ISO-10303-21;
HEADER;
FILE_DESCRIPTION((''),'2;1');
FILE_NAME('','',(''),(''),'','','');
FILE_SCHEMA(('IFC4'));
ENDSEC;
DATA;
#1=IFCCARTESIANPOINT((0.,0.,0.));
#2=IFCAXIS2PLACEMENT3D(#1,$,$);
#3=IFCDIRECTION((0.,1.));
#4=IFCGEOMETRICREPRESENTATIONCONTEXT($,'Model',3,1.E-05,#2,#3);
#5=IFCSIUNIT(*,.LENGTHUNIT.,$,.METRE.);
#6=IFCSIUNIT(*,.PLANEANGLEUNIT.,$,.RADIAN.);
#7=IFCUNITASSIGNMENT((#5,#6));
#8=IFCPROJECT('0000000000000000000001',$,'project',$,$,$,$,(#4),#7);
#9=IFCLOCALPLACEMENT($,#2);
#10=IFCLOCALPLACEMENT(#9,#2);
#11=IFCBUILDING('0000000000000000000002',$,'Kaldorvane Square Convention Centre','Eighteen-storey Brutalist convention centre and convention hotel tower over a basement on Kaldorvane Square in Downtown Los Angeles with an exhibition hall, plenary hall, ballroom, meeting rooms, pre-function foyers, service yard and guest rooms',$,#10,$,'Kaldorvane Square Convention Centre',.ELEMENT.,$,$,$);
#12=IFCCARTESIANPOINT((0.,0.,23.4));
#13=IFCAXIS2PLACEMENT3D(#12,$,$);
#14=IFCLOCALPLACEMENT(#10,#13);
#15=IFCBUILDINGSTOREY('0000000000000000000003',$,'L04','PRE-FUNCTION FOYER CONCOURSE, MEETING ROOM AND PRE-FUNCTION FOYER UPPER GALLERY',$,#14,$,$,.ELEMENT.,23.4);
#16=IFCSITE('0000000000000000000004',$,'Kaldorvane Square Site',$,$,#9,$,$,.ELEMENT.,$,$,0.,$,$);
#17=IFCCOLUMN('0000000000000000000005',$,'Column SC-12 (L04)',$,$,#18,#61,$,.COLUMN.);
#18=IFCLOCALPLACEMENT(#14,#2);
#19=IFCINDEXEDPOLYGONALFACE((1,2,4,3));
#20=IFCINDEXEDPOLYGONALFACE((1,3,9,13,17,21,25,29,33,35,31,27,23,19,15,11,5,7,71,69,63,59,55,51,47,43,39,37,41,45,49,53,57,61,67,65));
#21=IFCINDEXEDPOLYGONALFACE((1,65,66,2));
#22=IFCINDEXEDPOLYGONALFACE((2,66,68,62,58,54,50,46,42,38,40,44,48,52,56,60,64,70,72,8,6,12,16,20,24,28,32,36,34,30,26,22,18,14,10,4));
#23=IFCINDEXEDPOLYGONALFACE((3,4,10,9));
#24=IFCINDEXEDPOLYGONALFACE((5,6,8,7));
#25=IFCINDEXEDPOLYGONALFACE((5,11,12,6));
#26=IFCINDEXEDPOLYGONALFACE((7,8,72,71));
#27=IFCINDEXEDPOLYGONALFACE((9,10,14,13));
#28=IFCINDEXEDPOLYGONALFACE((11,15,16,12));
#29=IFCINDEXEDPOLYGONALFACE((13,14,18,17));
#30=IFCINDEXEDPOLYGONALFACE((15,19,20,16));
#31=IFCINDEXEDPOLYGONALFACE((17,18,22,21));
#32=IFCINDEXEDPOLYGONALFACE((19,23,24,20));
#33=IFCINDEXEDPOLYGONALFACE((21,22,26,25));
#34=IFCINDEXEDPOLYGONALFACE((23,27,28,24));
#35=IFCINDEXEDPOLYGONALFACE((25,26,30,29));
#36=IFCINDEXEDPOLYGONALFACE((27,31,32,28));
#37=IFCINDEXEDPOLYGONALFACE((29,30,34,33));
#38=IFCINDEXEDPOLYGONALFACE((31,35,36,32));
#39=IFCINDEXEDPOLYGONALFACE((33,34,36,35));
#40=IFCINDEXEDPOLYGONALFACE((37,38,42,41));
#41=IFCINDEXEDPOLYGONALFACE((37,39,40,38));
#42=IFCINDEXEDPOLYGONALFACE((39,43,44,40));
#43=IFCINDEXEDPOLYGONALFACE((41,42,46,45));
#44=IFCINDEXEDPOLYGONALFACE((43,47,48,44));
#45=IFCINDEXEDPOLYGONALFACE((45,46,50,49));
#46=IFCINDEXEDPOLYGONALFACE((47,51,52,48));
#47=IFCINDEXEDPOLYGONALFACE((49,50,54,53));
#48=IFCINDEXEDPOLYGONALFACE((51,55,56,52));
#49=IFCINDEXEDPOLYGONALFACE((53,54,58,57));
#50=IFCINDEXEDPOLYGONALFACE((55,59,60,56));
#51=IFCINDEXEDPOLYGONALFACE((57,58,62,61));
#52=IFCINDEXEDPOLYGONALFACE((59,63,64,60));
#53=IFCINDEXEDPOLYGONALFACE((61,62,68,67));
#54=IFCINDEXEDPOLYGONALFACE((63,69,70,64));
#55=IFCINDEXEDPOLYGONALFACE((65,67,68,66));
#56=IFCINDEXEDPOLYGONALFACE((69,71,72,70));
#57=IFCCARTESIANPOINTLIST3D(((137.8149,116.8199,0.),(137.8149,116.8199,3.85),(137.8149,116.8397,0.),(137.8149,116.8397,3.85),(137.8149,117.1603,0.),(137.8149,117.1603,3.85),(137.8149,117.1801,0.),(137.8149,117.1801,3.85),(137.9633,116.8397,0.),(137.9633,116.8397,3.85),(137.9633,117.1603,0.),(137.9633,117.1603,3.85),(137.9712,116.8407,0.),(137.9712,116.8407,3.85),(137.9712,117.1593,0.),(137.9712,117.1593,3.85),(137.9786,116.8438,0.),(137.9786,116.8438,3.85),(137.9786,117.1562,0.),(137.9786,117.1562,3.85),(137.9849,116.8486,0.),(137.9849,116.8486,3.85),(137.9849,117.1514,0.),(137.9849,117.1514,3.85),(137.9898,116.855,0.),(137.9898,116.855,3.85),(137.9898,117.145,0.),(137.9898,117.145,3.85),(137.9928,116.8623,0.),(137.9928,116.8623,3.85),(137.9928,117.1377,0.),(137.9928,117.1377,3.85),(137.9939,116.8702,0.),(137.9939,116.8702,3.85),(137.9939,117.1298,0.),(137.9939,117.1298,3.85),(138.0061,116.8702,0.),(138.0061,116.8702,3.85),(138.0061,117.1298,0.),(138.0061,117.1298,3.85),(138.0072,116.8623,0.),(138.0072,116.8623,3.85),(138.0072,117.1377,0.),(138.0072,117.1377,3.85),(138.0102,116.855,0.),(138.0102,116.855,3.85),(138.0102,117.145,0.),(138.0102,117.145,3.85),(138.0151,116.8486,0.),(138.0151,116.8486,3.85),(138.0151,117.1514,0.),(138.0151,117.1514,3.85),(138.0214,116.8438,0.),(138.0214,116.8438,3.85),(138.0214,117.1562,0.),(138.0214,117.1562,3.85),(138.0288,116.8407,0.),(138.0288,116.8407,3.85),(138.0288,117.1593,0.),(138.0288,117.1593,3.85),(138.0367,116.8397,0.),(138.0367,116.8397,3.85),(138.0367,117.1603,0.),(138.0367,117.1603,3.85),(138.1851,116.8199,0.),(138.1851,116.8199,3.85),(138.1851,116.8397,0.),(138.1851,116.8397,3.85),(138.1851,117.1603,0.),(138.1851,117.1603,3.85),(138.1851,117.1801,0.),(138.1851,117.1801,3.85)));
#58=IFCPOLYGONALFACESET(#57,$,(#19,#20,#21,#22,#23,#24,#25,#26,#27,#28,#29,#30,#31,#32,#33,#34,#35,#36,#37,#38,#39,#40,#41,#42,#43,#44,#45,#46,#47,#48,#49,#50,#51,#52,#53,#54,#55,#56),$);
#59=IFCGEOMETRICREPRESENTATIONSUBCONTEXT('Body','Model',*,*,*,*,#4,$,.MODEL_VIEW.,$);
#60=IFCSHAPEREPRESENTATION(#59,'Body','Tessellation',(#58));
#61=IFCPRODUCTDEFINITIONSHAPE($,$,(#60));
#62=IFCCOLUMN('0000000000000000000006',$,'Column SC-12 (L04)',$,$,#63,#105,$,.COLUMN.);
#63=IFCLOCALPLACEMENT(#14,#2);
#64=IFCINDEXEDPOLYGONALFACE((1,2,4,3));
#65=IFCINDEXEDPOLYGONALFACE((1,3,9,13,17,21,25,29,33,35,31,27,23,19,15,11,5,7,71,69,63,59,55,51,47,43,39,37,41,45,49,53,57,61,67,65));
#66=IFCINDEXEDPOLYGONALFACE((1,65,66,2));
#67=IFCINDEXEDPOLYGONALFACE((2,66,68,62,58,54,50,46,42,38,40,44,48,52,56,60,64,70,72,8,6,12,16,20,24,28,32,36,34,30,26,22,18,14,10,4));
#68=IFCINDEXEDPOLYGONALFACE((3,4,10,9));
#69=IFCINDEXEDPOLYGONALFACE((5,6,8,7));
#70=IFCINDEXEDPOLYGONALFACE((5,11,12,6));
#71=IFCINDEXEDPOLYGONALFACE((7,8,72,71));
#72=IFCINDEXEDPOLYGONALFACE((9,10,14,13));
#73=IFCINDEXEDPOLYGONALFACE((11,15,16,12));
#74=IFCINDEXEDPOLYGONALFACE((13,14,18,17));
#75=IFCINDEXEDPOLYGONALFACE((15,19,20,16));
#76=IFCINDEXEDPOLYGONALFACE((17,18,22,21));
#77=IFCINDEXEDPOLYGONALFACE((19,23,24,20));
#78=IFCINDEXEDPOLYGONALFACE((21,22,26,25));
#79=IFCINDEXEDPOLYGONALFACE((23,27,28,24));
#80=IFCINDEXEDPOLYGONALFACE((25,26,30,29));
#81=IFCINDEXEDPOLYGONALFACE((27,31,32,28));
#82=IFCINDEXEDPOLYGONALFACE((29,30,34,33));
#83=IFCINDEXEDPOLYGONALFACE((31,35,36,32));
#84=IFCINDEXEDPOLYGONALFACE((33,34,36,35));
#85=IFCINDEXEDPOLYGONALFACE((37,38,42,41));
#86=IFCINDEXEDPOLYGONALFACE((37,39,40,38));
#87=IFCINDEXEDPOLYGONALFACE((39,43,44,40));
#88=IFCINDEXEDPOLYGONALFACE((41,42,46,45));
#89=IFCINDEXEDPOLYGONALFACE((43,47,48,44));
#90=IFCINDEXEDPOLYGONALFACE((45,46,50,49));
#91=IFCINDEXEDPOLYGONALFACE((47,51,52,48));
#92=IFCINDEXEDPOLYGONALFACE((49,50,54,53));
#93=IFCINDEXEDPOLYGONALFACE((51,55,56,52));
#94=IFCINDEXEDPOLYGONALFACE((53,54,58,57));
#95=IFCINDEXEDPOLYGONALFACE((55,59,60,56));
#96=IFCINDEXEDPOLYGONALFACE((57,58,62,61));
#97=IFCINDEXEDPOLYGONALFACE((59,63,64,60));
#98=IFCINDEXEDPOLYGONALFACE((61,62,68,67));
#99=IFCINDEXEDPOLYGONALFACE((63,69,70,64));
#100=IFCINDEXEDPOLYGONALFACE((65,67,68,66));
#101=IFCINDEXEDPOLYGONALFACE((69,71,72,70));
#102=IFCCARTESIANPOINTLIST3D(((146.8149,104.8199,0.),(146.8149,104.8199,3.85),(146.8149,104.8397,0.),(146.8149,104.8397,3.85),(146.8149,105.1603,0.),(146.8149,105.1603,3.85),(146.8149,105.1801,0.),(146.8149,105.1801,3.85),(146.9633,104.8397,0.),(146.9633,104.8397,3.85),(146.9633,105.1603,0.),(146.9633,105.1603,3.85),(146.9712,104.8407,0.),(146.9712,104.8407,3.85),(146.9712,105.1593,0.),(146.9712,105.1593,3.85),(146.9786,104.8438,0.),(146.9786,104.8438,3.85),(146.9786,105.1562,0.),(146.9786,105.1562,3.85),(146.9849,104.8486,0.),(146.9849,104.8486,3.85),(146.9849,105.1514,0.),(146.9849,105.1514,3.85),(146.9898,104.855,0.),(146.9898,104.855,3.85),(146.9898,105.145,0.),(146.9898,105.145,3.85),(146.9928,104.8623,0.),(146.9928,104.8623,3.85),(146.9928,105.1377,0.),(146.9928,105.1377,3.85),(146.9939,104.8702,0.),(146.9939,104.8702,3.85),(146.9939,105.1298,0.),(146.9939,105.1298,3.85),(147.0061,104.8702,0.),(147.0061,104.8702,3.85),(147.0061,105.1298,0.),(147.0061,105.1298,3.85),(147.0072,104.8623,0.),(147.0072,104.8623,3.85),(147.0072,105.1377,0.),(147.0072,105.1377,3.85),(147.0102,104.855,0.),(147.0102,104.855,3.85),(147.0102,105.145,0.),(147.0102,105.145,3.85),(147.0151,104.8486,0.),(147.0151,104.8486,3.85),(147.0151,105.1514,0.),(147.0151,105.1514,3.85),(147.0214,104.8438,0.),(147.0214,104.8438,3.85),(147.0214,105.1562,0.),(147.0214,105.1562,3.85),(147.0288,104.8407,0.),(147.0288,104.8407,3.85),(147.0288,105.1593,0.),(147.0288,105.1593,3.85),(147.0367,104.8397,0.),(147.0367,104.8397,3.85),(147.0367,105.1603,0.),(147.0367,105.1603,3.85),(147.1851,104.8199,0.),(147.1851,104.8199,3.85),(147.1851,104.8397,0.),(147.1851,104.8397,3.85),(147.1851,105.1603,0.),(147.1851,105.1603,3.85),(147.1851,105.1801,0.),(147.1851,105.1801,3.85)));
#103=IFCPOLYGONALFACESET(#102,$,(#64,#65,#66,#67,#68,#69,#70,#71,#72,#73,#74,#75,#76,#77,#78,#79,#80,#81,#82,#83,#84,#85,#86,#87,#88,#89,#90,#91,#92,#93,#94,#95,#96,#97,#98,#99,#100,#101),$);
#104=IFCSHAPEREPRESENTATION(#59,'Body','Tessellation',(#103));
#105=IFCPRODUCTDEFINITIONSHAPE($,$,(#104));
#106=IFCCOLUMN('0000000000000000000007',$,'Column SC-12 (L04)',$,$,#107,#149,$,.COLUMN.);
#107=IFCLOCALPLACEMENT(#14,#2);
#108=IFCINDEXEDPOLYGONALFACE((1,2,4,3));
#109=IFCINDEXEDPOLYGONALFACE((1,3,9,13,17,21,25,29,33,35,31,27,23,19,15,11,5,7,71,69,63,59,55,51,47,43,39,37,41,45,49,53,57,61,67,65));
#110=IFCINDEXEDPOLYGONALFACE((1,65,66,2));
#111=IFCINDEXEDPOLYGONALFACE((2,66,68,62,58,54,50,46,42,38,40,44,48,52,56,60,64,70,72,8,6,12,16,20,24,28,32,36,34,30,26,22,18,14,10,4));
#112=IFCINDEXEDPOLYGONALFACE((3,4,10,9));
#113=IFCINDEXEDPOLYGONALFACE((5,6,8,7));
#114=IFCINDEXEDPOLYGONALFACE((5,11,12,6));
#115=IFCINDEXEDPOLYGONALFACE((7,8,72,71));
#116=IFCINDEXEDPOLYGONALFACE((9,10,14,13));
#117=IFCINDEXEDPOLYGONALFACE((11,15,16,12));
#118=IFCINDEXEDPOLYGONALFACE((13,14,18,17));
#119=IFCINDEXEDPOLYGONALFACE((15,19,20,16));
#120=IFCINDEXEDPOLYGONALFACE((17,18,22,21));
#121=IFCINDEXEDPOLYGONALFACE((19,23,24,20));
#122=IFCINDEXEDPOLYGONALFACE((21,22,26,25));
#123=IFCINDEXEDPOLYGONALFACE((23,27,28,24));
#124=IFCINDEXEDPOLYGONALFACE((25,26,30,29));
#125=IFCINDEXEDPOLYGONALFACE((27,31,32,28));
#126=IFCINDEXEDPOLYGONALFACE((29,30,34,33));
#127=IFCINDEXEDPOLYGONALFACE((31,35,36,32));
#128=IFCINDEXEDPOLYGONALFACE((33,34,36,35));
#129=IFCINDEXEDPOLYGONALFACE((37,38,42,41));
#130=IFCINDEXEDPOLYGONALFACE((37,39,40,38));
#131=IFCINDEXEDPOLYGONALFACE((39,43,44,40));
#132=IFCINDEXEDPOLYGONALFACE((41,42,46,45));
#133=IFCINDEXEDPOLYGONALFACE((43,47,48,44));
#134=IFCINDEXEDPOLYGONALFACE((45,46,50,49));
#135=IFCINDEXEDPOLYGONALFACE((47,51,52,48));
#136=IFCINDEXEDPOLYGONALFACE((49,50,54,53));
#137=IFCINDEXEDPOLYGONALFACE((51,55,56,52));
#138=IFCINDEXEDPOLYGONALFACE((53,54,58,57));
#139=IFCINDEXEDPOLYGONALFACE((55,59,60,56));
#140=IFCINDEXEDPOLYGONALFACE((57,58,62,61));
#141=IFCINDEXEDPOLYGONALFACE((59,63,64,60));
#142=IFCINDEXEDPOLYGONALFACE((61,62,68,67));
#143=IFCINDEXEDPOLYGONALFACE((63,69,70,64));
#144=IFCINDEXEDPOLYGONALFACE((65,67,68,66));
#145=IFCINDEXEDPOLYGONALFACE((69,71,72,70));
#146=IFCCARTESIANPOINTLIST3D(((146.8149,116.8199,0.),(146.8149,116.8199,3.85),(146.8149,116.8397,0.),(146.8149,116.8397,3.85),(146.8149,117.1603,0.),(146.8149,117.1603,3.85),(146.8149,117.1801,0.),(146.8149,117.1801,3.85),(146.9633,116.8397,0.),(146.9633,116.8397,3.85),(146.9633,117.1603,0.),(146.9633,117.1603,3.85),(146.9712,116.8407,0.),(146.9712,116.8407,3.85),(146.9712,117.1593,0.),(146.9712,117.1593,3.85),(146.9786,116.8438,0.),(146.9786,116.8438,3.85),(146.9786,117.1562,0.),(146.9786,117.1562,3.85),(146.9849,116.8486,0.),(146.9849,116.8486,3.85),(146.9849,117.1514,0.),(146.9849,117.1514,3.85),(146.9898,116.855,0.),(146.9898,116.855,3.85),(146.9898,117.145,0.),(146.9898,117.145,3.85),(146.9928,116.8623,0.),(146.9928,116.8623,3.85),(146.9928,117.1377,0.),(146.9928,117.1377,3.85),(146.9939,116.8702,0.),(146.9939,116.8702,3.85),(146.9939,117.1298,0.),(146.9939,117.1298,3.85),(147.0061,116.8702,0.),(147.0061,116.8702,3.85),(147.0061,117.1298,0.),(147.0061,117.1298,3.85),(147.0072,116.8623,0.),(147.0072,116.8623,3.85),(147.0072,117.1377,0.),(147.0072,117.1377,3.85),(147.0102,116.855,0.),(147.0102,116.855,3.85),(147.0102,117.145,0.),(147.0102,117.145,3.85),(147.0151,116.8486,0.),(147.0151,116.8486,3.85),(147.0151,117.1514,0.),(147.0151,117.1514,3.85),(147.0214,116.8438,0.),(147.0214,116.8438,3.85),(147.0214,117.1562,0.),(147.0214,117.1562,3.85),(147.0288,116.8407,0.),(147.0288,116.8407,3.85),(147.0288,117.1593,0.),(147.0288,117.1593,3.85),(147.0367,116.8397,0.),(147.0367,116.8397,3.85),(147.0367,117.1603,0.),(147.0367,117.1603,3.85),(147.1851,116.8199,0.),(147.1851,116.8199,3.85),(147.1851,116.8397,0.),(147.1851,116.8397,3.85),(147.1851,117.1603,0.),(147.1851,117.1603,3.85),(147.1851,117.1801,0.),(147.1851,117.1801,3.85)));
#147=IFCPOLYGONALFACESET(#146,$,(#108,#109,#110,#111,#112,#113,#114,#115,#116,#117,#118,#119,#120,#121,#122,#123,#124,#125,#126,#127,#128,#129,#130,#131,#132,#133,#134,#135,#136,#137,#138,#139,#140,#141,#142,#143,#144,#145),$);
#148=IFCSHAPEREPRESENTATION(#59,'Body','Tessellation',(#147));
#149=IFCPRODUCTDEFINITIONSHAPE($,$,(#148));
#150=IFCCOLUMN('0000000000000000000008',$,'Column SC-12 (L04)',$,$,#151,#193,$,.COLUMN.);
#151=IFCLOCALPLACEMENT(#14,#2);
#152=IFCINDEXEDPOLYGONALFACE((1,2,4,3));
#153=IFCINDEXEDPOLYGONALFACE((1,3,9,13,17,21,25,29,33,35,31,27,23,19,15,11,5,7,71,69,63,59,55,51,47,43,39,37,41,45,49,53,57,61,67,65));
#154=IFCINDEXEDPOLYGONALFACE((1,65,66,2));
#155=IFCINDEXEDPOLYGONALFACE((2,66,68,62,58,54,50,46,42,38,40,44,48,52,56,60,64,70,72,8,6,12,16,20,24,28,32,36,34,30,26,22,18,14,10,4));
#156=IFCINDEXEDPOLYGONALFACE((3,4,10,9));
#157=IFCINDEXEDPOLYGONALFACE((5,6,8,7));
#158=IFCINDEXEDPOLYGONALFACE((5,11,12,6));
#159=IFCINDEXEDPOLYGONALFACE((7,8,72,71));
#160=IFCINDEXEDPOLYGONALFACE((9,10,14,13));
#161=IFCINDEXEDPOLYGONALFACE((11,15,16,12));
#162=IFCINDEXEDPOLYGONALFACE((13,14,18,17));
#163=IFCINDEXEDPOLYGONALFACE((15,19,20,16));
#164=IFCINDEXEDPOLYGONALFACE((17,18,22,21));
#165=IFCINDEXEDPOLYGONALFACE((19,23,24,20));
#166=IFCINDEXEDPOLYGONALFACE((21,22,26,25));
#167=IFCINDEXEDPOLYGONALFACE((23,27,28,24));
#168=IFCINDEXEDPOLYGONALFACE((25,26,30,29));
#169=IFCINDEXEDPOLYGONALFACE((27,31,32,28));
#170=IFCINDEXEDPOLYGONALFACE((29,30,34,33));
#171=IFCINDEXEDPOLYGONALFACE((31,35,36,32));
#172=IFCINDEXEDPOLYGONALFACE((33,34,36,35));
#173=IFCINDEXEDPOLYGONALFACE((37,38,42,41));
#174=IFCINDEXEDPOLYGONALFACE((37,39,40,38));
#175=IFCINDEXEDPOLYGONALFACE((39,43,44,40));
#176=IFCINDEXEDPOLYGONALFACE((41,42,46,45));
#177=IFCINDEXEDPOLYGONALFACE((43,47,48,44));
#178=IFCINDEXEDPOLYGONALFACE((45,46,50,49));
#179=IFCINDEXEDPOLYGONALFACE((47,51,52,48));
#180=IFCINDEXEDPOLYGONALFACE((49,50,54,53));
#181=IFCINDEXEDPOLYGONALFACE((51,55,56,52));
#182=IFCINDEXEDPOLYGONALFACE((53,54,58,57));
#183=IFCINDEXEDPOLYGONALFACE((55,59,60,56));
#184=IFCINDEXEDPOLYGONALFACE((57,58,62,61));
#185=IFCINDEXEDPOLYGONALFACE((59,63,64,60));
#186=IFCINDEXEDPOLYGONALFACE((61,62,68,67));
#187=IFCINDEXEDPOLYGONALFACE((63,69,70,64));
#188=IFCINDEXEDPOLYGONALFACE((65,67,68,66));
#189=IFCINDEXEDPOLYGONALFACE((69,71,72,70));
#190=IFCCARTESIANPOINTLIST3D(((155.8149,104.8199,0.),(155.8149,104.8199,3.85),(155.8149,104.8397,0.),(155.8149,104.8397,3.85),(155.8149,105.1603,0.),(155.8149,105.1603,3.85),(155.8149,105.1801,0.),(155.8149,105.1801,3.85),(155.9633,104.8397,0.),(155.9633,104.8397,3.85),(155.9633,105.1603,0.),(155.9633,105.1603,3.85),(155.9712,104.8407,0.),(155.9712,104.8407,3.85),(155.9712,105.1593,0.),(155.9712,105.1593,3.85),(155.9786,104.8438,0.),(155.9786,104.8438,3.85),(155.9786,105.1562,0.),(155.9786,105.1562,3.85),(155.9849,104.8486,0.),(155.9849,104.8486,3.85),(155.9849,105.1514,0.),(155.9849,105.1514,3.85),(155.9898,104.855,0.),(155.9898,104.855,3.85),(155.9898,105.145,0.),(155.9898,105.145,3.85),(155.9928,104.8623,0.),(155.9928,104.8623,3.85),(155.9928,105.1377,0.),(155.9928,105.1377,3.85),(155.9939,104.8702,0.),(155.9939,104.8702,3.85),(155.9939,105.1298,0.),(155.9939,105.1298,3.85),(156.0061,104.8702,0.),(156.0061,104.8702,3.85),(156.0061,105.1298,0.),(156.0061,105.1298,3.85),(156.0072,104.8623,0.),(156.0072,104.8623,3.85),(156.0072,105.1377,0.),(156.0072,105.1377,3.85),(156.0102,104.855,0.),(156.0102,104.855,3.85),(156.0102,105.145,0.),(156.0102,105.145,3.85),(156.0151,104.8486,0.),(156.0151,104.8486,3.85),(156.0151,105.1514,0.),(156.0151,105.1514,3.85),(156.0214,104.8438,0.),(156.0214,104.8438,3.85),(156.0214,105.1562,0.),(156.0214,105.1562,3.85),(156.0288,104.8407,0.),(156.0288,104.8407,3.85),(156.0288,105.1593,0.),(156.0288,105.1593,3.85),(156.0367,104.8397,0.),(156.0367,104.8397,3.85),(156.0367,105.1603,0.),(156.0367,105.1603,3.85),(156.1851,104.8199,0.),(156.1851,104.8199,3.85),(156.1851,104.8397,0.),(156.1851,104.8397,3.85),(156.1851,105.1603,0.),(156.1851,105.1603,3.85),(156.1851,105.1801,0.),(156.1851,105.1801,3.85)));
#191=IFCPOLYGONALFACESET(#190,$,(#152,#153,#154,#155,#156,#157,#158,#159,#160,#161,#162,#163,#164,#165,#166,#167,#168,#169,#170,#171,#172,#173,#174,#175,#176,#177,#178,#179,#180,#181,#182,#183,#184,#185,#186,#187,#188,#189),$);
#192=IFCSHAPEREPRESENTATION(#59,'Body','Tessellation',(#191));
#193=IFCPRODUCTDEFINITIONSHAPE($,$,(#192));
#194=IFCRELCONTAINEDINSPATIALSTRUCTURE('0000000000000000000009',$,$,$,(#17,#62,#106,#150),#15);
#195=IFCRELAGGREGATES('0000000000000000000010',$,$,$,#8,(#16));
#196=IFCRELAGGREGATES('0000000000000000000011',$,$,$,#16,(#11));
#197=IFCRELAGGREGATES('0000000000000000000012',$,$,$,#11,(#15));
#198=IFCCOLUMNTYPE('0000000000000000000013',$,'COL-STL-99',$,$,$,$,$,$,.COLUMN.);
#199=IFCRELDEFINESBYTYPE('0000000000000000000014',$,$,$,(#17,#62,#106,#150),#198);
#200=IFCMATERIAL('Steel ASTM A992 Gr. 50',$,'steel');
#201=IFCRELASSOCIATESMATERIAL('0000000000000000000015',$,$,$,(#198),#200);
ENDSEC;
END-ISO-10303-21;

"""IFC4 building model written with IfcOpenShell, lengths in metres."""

from ifc_helpers import new_model, si_unit, direction, frame, origin, origin_2d, place, context, subcontext, project, spatial, i_section, extrude, material, material_profile, profile_set, type_object, element, save


model = new_model("IFC4")

# Units and contexts
model_context = context("Model", 3, precision=1e-05, world=origin(), true_north=direction((0.0, 1.0)))
body_context = subcontext(model_context, "Body", "Model", "MODEL_VIEW")
ifc_project = project(units=[si_unit("LENGTHUNIT", "METRE"), si_unit("PLANEANGLEUNIT", "RADIAN")], contexts=[model_context])

# Site, building, storey
site_placement = place(None, origin())
site = spatial("IfcSite", under=ifc_project, at=site_placement, Name="Kaldorvane Square Site", CompositionType="ELEMENT", RefElevation=0.0)
building_placement = place(site_placement, origin())
building = spatial("IfcBuilding", under=site, at=building_placement, Name="Kaldorvane Square Convention Centre", Description="Eighteen-storey Brutalist convention centre and convention hotel tower over a basement on Kaldorvane Square in Downtown Los Angeles with an exhibition hall, plenary hall, ballroom, meeting rooms, pre-function foyers, service yard and guest rooms", LongName="Kaldorvane Square Convention Centre", CompositionType="ELEMENT")
storey_placement = place(building_placement, frame((0.0, 0.0, 23.4)))
storey = spatial("IfcBuildingStorey", under=building, at=storey_placement, Name="L04", Description="PRE-FUNCTION FOYER CONCOURSE, MEETING ROOM AND PRE-FUNCTION FOYER UPPER GALLERY", CompositionType="ELEMENT", Elevation=23.4)

# Columns
ifc_material_1 = material(Name="Steel ASTM A992 Gr. 50", Category="steel")
ifc_material_profile_1 = material_profile(ifc_material_1, i_section(OverallWidth=0.3701, OverallDepth=0.3602, WebThickness=0.0123, FlangeThickness=0.0198, FilletRadius=0.0305, at=origin_2d()), Name="W14X99")
ifc_profile_set_1 = profile_set([ifc_material_profile_1], Name="Steel ASTM A992 Gr. 50")
column_type = type_object("IfcColumnType", Name="COL-STL-99", PredefinedType="COLUMN", material=ifc_profile_set_1)
for number, where, z_axis, x_axis, name in (
    (1, (138.0, 117.0, 0.0), (0.0, 0.0, 1.0), (1.0, 0.0, 0.0), "Column SC-12 (L04)"),
    (2, (147.0, 105.0, 0.0), (0.0, 0.0, 1.0), (1.0, 0.0, 0.0), "Column SC-12 (L04)"),
    (3, (147.0, 117.0, 0.0), (0.0, 0.0, 1.0), (1.0, 0.0, 0.0), "Column SC-12 (L04)"),
    (4, (156.0, 105.0, 0.0), (0.0, 0.0, 1.0), (1.0, 0.0, 0.0), "Column SC-12 (L04)"),
):
    element("IfcColumn", number, at=place(storey_placement, frame(where, z_axis=z_axis, x_axis=x_axis)), inside=storey, type_object=column_type, Name=name, PredefinedType="COLUMN", context=body_context, shape_type="SweptSolid", body=[
        extrude(i_section(OverallWidth=0.3701, OverallDepth=0.3602, WebThickness=0.0123, FlangeThickness=0.0198, FilletRadius=0.0305, at=origin_2d()), origin(), (0.0, 0.0, 1.0), 3.85),
    ])

save(model, "model.ifc")
